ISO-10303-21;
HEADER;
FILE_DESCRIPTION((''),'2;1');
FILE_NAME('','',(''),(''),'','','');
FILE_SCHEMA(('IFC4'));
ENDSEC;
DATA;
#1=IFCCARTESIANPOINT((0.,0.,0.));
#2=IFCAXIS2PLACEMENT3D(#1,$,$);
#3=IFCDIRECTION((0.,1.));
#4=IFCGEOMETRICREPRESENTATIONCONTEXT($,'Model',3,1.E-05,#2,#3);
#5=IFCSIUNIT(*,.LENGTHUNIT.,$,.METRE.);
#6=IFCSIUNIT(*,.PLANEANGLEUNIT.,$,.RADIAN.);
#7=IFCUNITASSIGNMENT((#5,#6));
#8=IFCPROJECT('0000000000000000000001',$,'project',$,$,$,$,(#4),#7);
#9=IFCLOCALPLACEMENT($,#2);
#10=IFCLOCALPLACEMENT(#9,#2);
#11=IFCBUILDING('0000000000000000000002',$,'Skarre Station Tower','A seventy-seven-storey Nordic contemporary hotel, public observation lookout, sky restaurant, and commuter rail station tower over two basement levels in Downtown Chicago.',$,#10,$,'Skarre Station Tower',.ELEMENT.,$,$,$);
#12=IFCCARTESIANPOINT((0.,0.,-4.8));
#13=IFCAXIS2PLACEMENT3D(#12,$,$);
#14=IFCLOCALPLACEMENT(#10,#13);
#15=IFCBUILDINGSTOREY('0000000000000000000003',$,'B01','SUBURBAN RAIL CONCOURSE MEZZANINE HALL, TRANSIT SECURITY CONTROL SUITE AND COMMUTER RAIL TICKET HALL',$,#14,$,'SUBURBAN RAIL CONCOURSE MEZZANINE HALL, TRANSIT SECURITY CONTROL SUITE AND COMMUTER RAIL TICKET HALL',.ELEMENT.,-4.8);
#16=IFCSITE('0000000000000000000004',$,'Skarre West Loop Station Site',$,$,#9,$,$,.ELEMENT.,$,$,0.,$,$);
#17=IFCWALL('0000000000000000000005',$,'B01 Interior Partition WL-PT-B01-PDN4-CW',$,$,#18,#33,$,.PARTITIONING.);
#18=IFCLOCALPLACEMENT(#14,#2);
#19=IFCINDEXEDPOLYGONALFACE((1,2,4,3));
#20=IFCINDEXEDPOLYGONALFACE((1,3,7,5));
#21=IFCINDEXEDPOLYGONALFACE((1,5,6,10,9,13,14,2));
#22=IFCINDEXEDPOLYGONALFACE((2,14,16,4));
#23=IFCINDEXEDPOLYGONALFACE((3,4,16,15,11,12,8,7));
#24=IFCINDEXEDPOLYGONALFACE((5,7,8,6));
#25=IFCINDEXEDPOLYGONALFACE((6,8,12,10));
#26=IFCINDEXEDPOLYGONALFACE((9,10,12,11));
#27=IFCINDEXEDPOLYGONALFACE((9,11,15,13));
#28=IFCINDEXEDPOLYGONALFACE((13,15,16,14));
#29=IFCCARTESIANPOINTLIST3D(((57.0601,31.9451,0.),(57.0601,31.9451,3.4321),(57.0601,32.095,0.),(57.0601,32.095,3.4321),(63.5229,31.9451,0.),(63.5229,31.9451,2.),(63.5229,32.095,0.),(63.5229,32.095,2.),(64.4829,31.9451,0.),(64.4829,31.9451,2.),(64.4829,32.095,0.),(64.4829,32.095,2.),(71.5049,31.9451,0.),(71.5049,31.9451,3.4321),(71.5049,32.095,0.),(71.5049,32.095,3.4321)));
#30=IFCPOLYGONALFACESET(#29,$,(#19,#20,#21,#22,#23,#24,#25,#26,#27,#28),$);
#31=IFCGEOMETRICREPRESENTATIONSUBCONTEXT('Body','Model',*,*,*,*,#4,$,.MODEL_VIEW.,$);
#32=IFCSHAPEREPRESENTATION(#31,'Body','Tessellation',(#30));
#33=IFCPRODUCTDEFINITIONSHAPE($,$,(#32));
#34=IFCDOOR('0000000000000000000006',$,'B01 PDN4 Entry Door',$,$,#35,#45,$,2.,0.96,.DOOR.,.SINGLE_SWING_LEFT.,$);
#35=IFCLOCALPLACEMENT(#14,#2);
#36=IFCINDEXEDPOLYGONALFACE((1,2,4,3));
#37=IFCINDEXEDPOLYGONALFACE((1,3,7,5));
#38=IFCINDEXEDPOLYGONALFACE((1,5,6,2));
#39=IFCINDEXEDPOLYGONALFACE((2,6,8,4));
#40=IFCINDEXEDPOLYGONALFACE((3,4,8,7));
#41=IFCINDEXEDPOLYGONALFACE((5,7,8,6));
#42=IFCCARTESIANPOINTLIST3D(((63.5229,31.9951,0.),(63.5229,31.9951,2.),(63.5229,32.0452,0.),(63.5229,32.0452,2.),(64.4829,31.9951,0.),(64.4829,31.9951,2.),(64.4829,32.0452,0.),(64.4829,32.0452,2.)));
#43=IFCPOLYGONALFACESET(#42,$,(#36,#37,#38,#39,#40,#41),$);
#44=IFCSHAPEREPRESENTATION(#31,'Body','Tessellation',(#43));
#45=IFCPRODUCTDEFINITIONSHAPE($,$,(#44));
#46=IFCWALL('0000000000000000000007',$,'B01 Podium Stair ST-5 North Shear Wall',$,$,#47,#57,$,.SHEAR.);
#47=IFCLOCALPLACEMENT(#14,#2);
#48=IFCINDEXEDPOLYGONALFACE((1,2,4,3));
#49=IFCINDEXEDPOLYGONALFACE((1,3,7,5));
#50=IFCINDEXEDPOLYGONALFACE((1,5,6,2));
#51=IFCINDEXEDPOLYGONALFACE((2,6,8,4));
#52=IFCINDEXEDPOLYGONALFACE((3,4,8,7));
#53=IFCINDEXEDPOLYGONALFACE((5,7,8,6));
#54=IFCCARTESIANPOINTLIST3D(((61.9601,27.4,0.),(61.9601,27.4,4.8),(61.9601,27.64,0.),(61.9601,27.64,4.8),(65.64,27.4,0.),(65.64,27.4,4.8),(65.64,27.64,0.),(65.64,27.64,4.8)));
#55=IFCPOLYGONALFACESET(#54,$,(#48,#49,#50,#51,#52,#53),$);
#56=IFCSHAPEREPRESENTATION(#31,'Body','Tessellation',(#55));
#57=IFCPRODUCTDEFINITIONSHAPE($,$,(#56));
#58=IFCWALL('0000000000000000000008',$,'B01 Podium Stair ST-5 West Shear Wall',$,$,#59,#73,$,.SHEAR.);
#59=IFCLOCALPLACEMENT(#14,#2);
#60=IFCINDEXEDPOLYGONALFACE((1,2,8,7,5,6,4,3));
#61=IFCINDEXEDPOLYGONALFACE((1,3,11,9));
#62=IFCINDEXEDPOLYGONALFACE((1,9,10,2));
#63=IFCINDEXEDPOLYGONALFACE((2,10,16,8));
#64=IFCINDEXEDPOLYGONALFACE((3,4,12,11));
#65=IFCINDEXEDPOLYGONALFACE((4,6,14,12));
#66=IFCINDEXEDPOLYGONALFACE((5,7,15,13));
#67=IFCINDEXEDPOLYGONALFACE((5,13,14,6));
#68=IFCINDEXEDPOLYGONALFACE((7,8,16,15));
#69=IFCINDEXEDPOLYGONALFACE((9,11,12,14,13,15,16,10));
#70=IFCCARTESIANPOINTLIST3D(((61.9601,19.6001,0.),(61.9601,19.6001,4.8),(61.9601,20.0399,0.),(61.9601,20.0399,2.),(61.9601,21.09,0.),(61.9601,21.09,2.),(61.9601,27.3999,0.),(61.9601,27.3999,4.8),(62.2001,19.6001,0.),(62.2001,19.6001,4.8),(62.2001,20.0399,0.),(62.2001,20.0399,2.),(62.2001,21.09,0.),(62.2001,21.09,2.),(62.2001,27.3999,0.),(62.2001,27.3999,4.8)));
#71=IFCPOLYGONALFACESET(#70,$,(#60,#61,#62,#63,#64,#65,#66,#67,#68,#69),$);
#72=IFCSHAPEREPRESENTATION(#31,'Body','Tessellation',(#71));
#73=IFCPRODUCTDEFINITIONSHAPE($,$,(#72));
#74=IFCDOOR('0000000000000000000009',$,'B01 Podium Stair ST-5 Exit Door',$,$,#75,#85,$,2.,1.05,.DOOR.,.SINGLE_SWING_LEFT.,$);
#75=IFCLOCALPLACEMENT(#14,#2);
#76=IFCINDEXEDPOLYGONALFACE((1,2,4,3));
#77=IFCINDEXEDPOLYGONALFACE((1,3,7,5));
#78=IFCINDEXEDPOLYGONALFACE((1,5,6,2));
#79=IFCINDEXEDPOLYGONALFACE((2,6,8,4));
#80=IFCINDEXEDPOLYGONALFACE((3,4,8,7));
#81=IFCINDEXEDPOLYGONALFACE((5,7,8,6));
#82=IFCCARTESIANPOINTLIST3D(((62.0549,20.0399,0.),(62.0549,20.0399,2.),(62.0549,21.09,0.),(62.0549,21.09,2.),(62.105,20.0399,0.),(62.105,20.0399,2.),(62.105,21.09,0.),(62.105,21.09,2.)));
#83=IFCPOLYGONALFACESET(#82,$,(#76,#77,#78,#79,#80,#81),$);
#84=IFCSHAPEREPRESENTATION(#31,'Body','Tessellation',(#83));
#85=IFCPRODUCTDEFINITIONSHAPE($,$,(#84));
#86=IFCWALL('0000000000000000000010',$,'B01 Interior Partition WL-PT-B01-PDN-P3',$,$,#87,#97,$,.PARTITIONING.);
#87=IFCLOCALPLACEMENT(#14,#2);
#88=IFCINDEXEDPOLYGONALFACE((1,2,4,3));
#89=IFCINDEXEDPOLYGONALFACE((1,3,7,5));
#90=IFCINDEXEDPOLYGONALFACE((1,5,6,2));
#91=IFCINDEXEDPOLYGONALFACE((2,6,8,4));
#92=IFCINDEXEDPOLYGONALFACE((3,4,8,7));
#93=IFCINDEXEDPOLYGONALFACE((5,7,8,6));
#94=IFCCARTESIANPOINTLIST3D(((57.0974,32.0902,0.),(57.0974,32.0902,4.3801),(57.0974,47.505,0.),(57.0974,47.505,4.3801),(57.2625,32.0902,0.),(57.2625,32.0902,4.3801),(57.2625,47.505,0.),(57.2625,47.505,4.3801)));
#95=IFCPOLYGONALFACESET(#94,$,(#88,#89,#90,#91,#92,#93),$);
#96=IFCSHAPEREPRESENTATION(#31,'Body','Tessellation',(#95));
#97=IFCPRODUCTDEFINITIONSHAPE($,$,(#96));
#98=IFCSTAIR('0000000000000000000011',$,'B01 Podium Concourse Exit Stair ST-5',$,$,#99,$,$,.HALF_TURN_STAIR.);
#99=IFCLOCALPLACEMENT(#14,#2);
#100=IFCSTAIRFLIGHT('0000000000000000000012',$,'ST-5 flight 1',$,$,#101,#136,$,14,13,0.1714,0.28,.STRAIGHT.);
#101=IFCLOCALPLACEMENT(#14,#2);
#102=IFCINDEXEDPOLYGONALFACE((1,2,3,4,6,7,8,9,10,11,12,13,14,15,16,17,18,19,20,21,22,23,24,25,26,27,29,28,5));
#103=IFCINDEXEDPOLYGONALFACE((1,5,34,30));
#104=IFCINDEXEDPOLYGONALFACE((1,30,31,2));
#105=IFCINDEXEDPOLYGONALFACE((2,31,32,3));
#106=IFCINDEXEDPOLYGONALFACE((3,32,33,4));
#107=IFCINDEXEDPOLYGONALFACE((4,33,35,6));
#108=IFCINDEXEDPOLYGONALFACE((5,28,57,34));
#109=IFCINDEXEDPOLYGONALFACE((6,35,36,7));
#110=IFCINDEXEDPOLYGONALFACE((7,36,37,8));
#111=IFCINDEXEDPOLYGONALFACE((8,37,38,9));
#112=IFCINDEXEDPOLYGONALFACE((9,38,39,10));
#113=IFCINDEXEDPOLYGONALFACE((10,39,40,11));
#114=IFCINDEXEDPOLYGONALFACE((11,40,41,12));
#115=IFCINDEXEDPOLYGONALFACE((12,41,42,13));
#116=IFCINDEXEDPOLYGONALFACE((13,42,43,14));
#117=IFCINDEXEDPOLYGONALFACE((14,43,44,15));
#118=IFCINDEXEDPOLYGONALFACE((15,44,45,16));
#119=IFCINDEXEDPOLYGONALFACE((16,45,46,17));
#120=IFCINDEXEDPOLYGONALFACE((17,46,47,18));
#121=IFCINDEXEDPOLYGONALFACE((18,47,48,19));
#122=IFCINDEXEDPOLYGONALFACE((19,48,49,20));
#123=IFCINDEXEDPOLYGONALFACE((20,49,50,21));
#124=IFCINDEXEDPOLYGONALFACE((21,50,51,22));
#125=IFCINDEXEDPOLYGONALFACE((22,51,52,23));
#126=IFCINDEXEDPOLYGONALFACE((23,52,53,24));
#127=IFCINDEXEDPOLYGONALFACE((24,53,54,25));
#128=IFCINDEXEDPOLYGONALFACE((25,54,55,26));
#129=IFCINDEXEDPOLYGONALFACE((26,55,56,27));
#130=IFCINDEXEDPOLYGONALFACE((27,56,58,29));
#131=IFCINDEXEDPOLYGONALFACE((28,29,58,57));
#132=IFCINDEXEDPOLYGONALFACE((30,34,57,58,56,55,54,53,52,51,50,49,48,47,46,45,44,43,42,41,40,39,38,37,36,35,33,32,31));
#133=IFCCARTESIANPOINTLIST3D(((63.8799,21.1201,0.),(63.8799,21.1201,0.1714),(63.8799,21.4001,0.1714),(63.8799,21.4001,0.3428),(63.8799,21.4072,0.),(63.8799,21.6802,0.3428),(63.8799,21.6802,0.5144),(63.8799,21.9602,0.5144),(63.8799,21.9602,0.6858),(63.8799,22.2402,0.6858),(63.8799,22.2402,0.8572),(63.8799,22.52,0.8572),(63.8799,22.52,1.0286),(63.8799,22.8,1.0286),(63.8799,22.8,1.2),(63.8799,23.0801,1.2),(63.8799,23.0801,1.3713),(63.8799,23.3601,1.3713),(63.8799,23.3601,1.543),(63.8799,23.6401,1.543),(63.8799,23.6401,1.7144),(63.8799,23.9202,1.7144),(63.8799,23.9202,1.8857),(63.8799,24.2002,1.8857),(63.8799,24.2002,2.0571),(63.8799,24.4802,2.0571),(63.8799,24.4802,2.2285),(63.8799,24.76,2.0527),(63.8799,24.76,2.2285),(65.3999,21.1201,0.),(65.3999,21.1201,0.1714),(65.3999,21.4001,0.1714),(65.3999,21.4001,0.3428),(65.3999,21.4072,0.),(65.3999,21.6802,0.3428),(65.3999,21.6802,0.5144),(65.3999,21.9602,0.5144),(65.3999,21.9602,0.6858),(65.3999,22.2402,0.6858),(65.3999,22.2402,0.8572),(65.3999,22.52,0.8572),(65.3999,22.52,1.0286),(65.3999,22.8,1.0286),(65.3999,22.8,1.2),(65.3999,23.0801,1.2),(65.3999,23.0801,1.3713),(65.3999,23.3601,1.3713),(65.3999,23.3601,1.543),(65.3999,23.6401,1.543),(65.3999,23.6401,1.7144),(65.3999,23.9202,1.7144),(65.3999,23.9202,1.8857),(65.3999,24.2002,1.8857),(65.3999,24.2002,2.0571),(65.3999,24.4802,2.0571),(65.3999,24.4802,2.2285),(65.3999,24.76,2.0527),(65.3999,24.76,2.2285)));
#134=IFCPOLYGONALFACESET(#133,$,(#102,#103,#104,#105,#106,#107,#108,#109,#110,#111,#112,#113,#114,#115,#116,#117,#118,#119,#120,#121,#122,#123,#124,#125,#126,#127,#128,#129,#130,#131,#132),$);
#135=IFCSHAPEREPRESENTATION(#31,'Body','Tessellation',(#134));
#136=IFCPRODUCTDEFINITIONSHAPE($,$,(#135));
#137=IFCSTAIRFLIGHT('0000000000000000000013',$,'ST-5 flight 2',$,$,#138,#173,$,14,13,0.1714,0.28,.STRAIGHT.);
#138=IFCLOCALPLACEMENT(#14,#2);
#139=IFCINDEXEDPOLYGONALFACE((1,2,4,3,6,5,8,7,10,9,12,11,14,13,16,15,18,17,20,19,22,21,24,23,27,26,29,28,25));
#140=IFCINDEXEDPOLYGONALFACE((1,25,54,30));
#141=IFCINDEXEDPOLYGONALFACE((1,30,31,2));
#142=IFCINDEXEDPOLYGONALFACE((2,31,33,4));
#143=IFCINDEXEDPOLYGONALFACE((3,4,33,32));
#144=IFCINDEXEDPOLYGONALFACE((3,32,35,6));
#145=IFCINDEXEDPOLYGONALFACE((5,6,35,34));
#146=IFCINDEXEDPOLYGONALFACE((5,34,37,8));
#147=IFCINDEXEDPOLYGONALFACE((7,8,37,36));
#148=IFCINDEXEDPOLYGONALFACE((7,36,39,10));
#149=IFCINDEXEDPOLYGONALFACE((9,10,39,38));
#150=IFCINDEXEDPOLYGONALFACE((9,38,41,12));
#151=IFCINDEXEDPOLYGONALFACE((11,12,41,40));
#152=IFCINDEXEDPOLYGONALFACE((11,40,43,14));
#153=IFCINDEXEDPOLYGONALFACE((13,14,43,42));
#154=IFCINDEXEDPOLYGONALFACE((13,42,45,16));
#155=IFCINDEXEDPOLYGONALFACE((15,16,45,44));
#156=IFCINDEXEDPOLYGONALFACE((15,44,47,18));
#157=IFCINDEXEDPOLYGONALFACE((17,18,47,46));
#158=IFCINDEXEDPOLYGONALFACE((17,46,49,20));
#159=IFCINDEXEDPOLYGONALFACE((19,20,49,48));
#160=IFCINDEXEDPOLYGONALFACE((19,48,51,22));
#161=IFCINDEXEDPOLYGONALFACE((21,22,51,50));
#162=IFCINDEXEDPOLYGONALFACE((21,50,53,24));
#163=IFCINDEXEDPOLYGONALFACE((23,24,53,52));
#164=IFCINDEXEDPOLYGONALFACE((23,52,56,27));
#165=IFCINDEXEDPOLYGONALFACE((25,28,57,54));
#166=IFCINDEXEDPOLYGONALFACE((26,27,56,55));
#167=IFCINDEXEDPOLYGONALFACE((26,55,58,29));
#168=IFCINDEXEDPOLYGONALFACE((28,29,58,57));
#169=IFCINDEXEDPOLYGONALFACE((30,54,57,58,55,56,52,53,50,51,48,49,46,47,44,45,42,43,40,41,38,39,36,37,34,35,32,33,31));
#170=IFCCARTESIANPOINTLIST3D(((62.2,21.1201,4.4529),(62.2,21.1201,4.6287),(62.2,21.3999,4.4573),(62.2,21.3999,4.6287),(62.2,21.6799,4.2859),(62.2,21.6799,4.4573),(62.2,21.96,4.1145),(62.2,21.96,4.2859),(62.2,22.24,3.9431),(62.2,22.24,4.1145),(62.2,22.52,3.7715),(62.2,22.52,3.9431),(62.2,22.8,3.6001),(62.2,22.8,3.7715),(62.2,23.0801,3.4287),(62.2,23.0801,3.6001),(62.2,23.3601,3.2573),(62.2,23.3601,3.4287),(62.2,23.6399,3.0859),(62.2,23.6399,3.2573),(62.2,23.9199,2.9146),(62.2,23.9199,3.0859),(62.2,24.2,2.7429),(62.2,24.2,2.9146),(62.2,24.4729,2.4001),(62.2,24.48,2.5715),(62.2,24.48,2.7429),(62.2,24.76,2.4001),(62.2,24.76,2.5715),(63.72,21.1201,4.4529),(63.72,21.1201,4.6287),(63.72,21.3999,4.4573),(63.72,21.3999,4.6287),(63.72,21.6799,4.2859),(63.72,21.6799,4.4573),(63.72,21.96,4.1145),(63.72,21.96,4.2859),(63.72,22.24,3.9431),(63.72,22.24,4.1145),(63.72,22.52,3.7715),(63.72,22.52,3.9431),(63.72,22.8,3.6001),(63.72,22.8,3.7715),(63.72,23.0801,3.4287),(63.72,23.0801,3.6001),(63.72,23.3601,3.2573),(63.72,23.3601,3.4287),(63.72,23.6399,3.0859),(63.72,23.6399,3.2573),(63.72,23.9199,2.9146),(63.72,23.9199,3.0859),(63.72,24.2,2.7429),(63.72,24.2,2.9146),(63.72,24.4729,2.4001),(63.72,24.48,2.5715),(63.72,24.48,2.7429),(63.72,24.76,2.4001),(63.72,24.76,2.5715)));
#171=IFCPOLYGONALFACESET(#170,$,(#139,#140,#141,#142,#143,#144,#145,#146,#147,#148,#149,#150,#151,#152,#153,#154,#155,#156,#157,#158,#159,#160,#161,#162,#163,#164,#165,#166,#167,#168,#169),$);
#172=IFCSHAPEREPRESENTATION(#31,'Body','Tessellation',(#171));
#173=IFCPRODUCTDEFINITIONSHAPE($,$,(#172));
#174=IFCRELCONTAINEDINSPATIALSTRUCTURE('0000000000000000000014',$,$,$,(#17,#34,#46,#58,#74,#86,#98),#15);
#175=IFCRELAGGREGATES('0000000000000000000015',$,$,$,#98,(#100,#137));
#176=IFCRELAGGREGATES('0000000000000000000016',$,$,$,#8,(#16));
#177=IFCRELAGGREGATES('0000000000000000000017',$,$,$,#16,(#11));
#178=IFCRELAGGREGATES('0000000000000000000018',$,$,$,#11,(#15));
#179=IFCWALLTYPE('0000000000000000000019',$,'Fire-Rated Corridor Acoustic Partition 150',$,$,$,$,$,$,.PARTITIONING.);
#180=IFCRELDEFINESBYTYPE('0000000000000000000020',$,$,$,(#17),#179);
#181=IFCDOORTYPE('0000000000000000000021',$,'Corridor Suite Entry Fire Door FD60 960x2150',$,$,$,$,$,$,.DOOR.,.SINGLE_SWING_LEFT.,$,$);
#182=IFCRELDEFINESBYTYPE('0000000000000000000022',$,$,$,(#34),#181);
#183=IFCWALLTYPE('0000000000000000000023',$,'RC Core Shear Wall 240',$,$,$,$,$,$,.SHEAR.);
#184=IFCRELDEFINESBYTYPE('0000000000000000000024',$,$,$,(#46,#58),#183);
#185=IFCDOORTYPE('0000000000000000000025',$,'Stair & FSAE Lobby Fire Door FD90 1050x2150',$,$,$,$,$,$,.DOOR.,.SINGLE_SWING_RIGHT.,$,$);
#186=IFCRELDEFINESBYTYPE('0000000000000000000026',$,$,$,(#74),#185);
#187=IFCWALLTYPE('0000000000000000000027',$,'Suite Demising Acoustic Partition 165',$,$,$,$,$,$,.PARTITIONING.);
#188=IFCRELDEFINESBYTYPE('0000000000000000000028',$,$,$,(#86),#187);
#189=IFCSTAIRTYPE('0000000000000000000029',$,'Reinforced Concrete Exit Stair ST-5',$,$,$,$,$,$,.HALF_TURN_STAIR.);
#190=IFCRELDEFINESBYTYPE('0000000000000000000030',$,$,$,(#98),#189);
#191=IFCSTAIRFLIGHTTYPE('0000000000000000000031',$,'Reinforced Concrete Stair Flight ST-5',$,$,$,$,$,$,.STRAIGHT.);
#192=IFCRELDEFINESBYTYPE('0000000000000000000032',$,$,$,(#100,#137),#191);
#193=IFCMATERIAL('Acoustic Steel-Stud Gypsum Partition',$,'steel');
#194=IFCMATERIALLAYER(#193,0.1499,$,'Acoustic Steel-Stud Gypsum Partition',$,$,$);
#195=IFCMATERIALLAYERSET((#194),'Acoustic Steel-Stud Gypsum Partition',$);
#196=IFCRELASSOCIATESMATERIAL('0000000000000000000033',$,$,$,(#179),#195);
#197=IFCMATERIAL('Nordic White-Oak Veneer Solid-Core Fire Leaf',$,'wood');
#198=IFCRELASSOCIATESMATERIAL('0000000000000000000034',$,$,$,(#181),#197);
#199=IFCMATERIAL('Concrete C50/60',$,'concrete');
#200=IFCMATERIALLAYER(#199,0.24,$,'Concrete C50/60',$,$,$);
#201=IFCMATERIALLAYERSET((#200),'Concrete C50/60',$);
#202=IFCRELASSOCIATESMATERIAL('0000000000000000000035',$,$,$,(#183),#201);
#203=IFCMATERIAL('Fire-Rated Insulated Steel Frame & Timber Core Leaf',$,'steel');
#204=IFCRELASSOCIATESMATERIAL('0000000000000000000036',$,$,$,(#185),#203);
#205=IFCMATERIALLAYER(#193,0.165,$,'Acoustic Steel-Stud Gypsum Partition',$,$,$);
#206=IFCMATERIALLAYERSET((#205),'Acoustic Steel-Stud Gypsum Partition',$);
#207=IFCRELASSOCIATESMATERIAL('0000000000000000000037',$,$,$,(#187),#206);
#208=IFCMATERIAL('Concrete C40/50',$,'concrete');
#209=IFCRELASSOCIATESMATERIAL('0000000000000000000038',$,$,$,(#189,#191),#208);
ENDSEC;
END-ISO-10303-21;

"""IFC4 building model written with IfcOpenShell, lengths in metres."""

from ifc_helpers import new_model, si_unit, direction, frame, frame_2d, origin, place, context, subcontext, project, spatial, polyline, rectangle, outline, extrude, material, layer, layer_set, type_object, element, fill, aggregate, save


model = new_model("IFC4")

# Units and contexts
model_context = context("Model", 3, precision=1e-05, world=origin(), true_north=direction((0.0, 1.0)))
body_context = subcontext(model_context, "Body", "Model", "MODEL_VIEW")
ifc_project = project(units=[si_unit("LENGTHUNIT", "METRE"), si_unit("PLANEANGLEUNIT", "RADIAN")], contexts=[model_context])

# Site, building, storey
site_placement = place(None, origin())
site = spatial("IfcSite", under=ifc_project, at=site_placement, Name="Skarre West Loop Station Site", CompositionType="ELEMENT", RefElevation=0.0)
building_placement = place(site_placement, origin())
building = spatial("IfcBuilding", under=site, at=building_placement, Name="Skarre Station Tower", Description="A seventy-seven-storey Nordic contemporary hotel, public observation lookout, sky restaurant, and commuter rail station tower over two basement levels in Downtown Chicago.", LongName="Skarre Station Tower", CompositionType="ELEMENT")
storey_placement = place(building_placement, frame((0.0, 0.0, -4.8)))
storey = spatial("IfcBuildingStorey", under=building, at=storey_placement, Name="B01", Description="SUBURBAN RAIL CONCOURSE MEZZANINE HALL, TRANSIT SECURITY CONTROL SUITE AND COMMUTER RAIL TICKET HALL", LongName="SUBURBAN RAIL CONCOURSE MEZZANINE HALL, TRANSIT SECURITY CONTROL SUITE AND COMMUTER RAIL TICKET HALL", CompositionType="ELEMENT", Elevation=-4.8)

# Shared definitions
ifc_material_1 = material(Name="Concrete C50/60", Category="concrete")

# Wall, opening, door
ifc_material_2 = material(Name="Acoustic Steel-Stud Gypsum Partition", Category="steel")
ifc_layer_1 = layer(ifc_material_2, 0.1499, Name="Acoustic Steel-Stud Gypsum Partition")
ifc_layer_set_1 = layer_set([ifc_layer_1], Name="Acoustic Steel-Stud Gypsum Partition")
wall_type_1 = type_object("IfcWallType", Name="Fire-Rated Corridor Acoustic Partition 150", PredefinedType="PARTITIONING", material=ifc_layer_set_1)
ifc_material_3 = material(Name="Nordic White-Oak Veneer Solid-Core Fire Leaf", Category="wood")
door_type_1 = type_object("IfcDoorType", Name="Corridor Suite Entry Fire Door FD60 960x2150", OperationType="SINGLE_SWING_LEFT", PredefinedType="DOOR", material=ifc_material_3)
wall_1_placement = place(storey_placement, frame((71.5049, 32.02, 0.0), z_axis=(0.0, 0.0, 1.0), x_axis=(-1.0, 0.0, 0.0)))
wall_1 = element("IfcWall", 1, at=wall_1_placement, inside=storey, type_object=wall_type_1, Name="B01 Interior Partition WL-PT-B01-PDN4-CW", PredefinedType="PARTITIONING", context=body_context, shape_type="SweptSolid", body=[
    extrude(rectangle(XDim=14.4448, YDim=0.1499, at=frame_2d((7.2224, 0.0))), origin(), (0.0, 0.0, 1.0), 3.4321),
])
opening_1_placement = place(wall_1_placement, frame((7.022, 0.0, 0.0)))
opening_1 = element("IfcOpeningElement", 2, at=opening_1_placement, cuts=wall_1, PredefinedType="OPENING", context=body_context, shape_type="SweptSolid", body=[
    extrude(rectangle(XDim=0.96, YDim=2.0, at=frame_2d((0.48, 1.0))), frame((0.0, 0.085, 0.0), z_axis=(0.0, -1.0, 0.0), x_axis=(1.0, 0.0, 0.0)), (0.0, 0.0, 1.0), 0.1699),
])
door_1_placement = place(opening_1_placement, origin())
door_1 = element("IfcDoor", 3, at=door_1_placement, inside=storey, type_object=door_type_1, Name="B01 PDN4 Entry Door", OperationType="SINGLE_SWING_LEFT", OverallHeight=2.0, OverallWidth=0.96, PredefinedType="DOOR", context=body_context, shape_type="SweptSolid", body=[
    extrude(rectangle(XDim=0.96, YDim=2.0, at=frame_2d((0.48, 1.0))), frame((0.0, 0.0249, 0.0), z_axis=(0.0, -1.0, 0.0), x_axis=(1.0, 0.0, 0.0)), (0.0, 0.0, 1.0), 0.05),
])
fill(opening_1, door_1)

# Wall
ifc_layer_2 = layer(ifc_material_1, 0.24, Name="Concrete C50/60")
ifc_layer_set_2 = layer_set([ifc_layer_2], Name="Concrete C50/60")
wall_type_2 = type_object("IfcWallType", Name="RC Core Shear Wall 240", PredefinedType="SHEAR", material=ifc_layer_set_2)
wall_2_placement = place(storey_placement, frame((65.6399, 27.52, 0.0), z_axis=(0.0, 0.0, 1.0), x_axis=(-1.0, 0.0, 0.0)))
element("IfcWall", 4, at=wall_2_placement, inside=storey, type_object=wall_type_2, Name="B01 Podium Stair ST-5 North Shear Wall", PredefinedType="SHEAR", context=body_context, shape_type="SweptSolid", body=[
    extrude(rectangle(XDim=3.6799, YDim=0.24, at=frame_2d((1.8398, 0.0))), origin(), (0.0, 0.0, 1.0), 4.8),
])

# Wall, opening, door
wall_3_placement = place(storey_placement, frame((62.0801, 27.3999, 0.0), z_axis=(0.0, 0.0, 1.0), x_axis=(0.0, -1.0, 0.0)))
wall_3 = element("IfcWall", 5, at=wall_3_placement, inside=storey, type_object=wall_type_2, Name="B01 Podium Stair ST-5 West Shear Wall", PredefinedType="SHEAR", context=body_context, shape_type="SweptSolid", body=[
    extrude(rectangle(XDim=7.7998, YDim=0.24, at=frame_2d((3.8999, 0.0))), origin(), (0.0, 0.0, 1.0), 4.8),
])
opening_2_placement = place(wall_3_placement, frame((6.3101, 0.0, 0.0)))
opening_2 = element("IfcOpeningElement", 6, at=opening_2_placement, cuts=wall_3, PredefinedType="OPENING", context=body_context, shape_type="SweptSolid", body=[
    extrude(rectangle(XDim=1.05, YDim=2.0, at=frame_2d((0.5249, 1.0))), frame((0.0, 0.1299, 0.0), z_axis=(0.0, -1.0, 0.0), x_axis=(1.0, 0.0, 0.0)), (0.0, 0.0, 1.0), 0.26),
])
ifc_material_4 = material(Name="Fire-Rated Insulated Steel Frame & Timber Core Leaf", Category="steel")
door_type_2 = type_object("IfcDoorType", Name="Stair & FSAE Lobby Fire Door FD90 1050x2150", OperationType="SINGLE_SWING_RIGHT", PredefinedType="DOOR", material=ifc_material_4)
door_2_placement = place(opening_2_placement, origin())
door_2 = element("IfcDoor", 7, at=door_2_placement, inside=storey, type_object=door_type_2, Name="B01 Podium Stair ST-5 Exit Door", OperationType="SINGLE_SWING_LEFT", OverallHeight=2.0, OverallWidth=1.05, PredefinedType="DOOR", context=body_context, shape_type="SweptSolid", body=[
    extrude(rectangle(XDim=1.05, YDim=2.0, at=frame_2d((0.5249, 1.0))), frame((0.0, 0.0249, 0.0), z_axis=(0.0, -1.0, 0.0), x_axis=(1.0, 0.0, 0.0)), (0.0, 0.0, 1.0), 0.05),
])
fill(opening_2, door_2)

# Wall
ifc_layer_3 = layer(ifc_material_2, 0.165, Name="Acoustic Steel-Stud Gypsum Partition")
ifc_layer_set_3 = layer_set([ifc_layer_3], Name="Acoustic Steel-Stud Gypsum Partition")
wall_type_3 = type_object("IfcWallType", Name="Suite Demising Acoustic Partition 165", PredefinedType="PARTITIONING", material=ifc_layer_set_3)
wall_4_placement = place(storey_placement, frame((57.1799, 32.0901, 0.0), z_axis=(0.0, 0.0, 1.0), x_axis=(0.0, 1.0, 0.0)))
element("IfcWall", 8, at=wall_4_placement, inside=storey, type_object=wall_type_3, Name="B01 Interior Partition WL-PT-B01-PDN-P3", PredefinedType="PARTITIONING", context=body_context, shape_type="SweptSolid", body=[
    extrude(rectangle(XDim=15.4148, YDim=0.165, at=frame_2d((7.7075, 0.0))), origin(), (0.0, 0.0, 1.0), 4.3801),
])

# Stair, stair flights
ifc_material_5 = material(Name="Concrete C40/50", Category="concrete")
stair_type = type_object("IfcStairType", Name="Reinforced Concrete Exit Stair ST-5", PredefinedType="HALF_TURN_STAIR", material=ifc_material_5)
stair_placement = place(storey_placement, origin())
stair = element("IfcStair", 9, at=stair_placement, inside=storey, type_object=stair_type, Name="B01 Podium Concourse Exit Stair ST-5", PredefinedType="HALF_TURN_STAIR")
stair_flight_type = type_object("IfcStairFlightType", Name="Reinforced Concrete Stair Flight ST-5", PredefinedType="STRAIGHT", material=ifc_material_5)
stair_flight_1_placement = place(storey_placement, frame((64.6399, 21.1201, 0.0), z_axis=(0.0, 0.0, 1.0), x_axis=(0.0, 1.0, 0.0)))
stair_flight_1 = element("IfcStairFlight", 10, at=stair_flight_1_placement, type_object=stair_flight_type, Name="ST-5 flight 1", NumberOfRisers=14, NumberOfTreads=13, PredefinedType="STRAIGHT", RiserHeight=0.1714, TreadLength=0.28, context=body_context, shape_type="SweptSolid", body=[
    extrude(outline(polyline([(0.0, 0.0), (0.0, 0.1714), (0.28, 0.1714), (0.28, 0.3428), (0.5601, 0.3428), (0.5601, 0.5144), (0.8401, 0.5144), (0.8401, 0.6858), (1.1201, 0.6858), (1.1201, 0.8572), (1.3999, 0.8572), (1.3999, 1.0286), (1.6799, 1.0286), (1.6799, 1.2), (1.96, 1.2), (1.96, 1.3713), (2.24, 1.3713), (2.24, 1.543), (2.52, 1.543), (2.52, 1.7144), (2.8, 1.7144), (2.8, 1.8857), (3.0801, 1.8857), (3.0801, 2.0571), (3.3601, 2.0571), (3.3601, 2.2285), (3.6399, 2.2285), (3.6399, 2.3999), (3.6399, 2.0527), (0.2871, 0.0), (0.0, 0.0)])), frame((0.0, 0.76, 0.0), z_axis=(0.0, -1.0, 0.0), x_axis=(1.0, 0.0, 0.0)), (0.0, 0.0, 1.0), 1.52),
])
stair_flight_2_placement = place(storey_placement, frame((62.96, 24.76, 2.4001), z_axis=(0.0, 0.0, 1.0), x_axis=(0.0, -1.0, 0.0)))
stair_flight_2 = element("IfcStairFlight", 11, at=stair_flight_2_placement, type_object=stair_flight_type, Name="ST-5 flight 2", NumberOfRisers=14, NumberOfTreads=13, PredefinedType="STRAIGHT", RiserHeight=0.1714, TreadLength=0.28, context=body_context, shape_type="SweptSolid", body=[
    extrude(outline(polyline([(0.0, 0.0), (0.0, 0.1714), (0.28, 0.1714), (0.28, 0.3428), (0.5601, 0.3428), (0.5601, 0.5144), (0.8401, 0.5144), (0.8401, 0.6858), (1.1201, 0.6858), (1.1201, 0.8572), (1.3999, 0.8572), (1.3999, 1.0286), (1.6799, 1.0286), (1.6799, 1.2), (1.96, 1.2), (1.96, 1.3713), (2.24, 1.3713), (2.24, 1.543), (2.52, 1.543), (2.52, 1.7144), (2.8, 1.7144), (2.8, 1.8857), (3.0801, 1.8857), (3.0801, 2.0571), (3.3601, 2.0571), (3.3601, 2.2285), (3.6399, 2.2285), (3.6399, 2.3999), (3.6399, 2.0527), (0.2871, 0.0), (0.0, 0.0)])), frame((0.0, 0.76, 0.0), z_axis=(0.0, -1.0, 0.0), x_axis=(1.0, 0.0, 0.0)), (0.0, 0.0, 1.0), 1.52),
])
aggregate(stair, [stair_flight_1, stair_flight_2])

save(model, "model.ifc")
